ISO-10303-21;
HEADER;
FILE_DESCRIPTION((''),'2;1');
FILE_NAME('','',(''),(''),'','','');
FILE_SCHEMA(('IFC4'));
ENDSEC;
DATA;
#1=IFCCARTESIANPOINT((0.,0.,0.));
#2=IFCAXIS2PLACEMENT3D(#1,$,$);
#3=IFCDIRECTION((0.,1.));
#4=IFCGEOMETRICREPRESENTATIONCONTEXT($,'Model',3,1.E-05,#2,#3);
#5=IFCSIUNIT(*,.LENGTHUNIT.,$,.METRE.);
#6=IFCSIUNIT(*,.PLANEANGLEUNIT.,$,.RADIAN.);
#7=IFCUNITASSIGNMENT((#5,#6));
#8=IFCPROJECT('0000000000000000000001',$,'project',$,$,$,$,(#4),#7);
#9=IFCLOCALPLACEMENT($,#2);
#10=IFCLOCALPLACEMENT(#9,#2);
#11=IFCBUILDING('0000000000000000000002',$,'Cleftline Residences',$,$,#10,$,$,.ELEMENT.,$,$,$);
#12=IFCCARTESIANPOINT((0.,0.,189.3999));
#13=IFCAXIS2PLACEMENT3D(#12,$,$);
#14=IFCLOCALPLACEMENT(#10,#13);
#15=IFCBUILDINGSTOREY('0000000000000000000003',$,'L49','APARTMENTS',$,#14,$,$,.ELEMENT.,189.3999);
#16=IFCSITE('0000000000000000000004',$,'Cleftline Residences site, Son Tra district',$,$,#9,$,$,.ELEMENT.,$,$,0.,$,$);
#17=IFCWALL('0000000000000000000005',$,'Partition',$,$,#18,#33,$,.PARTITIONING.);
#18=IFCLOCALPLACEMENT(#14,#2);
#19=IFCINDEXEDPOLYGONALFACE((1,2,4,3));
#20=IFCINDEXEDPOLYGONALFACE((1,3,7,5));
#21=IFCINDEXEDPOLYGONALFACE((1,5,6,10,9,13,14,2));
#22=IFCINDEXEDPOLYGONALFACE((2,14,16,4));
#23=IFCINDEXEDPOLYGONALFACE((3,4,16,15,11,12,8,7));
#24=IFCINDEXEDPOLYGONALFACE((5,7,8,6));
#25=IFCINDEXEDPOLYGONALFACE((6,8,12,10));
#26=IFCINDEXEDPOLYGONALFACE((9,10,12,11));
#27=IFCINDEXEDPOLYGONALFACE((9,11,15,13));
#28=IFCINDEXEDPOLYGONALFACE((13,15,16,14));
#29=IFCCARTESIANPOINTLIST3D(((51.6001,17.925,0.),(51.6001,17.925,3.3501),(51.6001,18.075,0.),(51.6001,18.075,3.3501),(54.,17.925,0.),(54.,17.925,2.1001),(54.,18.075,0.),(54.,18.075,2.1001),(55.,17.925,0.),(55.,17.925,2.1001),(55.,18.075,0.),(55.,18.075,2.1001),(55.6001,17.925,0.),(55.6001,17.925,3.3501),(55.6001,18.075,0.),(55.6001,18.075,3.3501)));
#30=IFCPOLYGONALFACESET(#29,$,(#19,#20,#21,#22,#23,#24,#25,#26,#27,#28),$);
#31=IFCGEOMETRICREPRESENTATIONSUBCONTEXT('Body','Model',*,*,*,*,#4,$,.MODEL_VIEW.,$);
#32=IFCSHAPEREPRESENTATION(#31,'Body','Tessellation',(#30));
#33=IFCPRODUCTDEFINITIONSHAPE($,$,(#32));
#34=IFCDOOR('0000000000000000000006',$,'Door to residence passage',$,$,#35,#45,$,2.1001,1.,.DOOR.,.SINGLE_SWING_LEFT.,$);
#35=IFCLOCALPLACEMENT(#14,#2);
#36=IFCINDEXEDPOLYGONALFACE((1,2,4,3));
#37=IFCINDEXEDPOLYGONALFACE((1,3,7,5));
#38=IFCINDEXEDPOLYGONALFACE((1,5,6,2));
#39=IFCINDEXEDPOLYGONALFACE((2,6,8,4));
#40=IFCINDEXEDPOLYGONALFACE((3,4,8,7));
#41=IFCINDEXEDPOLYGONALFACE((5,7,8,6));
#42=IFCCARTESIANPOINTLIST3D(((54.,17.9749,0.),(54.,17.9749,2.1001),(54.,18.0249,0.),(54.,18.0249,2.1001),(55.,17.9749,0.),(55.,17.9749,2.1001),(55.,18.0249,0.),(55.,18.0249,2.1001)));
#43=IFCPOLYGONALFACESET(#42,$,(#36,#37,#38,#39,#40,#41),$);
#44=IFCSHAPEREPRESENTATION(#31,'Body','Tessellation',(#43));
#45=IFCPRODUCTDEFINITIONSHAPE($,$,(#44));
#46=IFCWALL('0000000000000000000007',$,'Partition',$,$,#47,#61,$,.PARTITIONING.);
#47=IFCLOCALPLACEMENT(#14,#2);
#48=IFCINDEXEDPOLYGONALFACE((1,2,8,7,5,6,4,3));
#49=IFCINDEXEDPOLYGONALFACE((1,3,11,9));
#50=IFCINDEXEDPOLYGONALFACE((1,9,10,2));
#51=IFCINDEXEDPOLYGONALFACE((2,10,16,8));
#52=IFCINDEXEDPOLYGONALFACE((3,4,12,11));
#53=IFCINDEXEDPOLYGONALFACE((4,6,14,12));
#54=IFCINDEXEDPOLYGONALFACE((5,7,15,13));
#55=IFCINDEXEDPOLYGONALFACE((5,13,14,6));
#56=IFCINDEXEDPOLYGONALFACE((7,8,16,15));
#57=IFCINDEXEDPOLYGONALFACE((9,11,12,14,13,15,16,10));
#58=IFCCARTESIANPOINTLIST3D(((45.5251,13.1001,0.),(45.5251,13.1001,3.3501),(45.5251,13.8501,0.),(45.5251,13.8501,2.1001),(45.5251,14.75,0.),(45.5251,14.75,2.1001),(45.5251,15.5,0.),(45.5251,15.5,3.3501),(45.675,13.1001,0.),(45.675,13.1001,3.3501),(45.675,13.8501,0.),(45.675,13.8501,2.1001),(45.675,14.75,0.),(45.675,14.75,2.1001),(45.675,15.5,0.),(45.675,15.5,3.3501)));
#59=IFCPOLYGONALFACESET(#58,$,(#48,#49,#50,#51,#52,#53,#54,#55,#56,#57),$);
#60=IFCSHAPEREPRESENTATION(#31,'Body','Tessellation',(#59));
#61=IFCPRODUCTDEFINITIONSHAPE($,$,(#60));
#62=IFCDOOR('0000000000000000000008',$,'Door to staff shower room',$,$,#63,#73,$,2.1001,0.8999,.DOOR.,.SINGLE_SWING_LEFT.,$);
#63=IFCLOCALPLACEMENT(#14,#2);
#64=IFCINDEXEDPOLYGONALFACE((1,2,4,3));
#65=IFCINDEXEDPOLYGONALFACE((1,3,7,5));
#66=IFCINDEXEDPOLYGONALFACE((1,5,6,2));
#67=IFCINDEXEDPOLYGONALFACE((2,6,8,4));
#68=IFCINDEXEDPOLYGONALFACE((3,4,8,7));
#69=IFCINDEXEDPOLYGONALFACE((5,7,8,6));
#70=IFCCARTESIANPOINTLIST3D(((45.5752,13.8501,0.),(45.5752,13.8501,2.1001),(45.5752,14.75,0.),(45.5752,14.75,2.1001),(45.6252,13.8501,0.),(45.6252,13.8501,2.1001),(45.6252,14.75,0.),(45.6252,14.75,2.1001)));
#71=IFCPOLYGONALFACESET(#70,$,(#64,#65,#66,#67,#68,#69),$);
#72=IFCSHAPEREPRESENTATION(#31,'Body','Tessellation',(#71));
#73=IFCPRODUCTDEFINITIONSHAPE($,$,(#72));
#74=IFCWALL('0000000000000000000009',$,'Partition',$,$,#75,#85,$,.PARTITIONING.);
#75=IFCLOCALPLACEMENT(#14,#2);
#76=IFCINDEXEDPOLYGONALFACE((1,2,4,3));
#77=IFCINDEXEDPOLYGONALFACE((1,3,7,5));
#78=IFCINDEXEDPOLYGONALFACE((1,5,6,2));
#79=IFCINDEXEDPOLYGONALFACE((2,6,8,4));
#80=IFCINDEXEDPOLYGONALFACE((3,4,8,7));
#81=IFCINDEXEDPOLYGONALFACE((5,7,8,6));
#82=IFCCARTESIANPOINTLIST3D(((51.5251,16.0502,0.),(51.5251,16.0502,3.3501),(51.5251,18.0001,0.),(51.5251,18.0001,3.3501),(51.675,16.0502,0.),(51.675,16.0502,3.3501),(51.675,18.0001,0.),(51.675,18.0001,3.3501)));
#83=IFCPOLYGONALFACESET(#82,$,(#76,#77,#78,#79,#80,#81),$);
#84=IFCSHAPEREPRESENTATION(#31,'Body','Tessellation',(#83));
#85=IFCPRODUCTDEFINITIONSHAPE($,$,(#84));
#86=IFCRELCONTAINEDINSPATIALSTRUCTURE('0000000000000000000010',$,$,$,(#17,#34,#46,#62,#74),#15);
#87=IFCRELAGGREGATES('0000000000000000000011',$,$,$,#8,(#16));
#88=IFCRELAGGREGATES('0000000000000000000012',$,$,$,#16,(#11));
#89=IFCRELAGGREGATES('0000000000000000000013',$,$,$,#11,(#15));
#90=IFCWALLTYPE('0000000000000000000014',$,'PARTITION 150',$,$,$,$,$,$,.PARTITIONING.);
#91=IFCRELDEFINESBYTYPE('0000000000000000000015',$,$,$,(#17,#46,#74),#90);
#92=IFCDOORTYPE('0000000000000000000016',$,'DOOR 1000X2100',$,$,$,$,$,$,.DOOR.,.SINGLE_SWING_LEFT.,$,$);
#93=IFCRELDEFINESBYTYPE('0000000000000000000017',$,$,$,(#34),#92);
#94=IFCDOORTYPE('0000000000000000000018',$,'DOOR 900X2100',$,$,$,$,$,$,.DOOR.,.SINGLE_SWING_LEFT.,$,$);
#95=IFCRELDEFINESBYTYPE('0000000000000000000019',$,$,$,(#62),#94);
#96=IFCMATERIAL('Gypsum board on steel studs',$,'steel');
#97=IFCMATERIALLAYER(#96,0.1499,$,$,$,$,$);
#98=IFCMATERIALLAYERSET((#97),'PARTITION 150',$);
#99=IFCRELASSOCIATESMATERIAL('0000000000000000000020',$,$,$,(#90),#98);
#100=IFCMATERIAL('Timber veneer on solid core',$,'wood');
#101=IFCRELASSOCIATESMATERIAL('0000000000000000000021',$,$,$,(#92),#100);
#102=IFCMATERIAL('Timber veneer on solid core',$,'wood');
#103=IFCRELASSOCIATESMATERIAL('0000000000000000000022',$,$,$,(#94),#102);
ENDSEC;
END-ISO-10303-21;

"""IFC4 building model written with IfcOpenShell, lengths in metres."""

from ifc_helpers import new_model, si_unit, direction, frame, frame_2d, origin, place, context, subcontext, project, spatial, rectangle, extrude, material, layer, layer_set, type_object, element, fill, save


model = new_model("IFC4")

# Units and contexts
model_context = context("Model", 3, precision=1e-05, world=origin(), true_north=direction((0.0, 1.0)))
body_context = subcontext(model_context, "Body", "Model", "MODEL_VIEW")
ifc_project = project(units=[si_unit("LENGTHUNIT", "METRE"), si_unit("PLANEANGLEUNIT", "RADIAN")], contexts=[model_context])

# Site, building, storey
site_placement = place(None, origin())
site = spatial("IfcSite", under=ifc_project, at=site_placement, Name="Cleftline Residences site, Son Tra district", CompositionType="ELEMENT", RefElevation=0.0)
building_placement = place(site_placement, origin())
building = spatial("IfcBuilding", under=site, at=building_placement, Name="Cleftline Residences", CompositionType="ELEMENT")
storey_placement = place(building_placement, frame((0.0, 0.0, 189.3999)))
storey = spatial("IfcBuildingStorey", under=building, at=storey_placement, Name="L49", Description="APARTMENTS", CompositionType="ELEMENT", Elevation=189.3999)

# Shared definitions
ifc_material_1 = material(Name="Gypsum board on steel studs", Category="steel")
ifc_layer_1 = layer(ifc_material_1, 0.1499)
ifc_layer_set_1 = layer_set([ifc_layer_1], Name="PARTITION 150")
wall_type_1 = type_object("IfcWallType", Name="PARTITION 150", PredefinedType="PARTITIONING", material=ifc_layer_set_1)

# Walls, openings, doors
wall_1_placement = place(storey_placement, frame((51.6001, 18.0, 0.0), z_axis=(0.0, 0.0, 1.0), x_axis=(1.0, 0.0, 0.0)))
wall_1 = element("IfcWall", 1, at=wall_1_placement, inside=storey, type_object=wall_type_1, Name="Partition", PredefinedType="PARTITIONING", context=body_context, shape_type="SweptSolid", body=[
    extrude(rectangle(XDim=4.0, YDim=0.1499, at=frame_2d((2.0, 0.0))), origin(), (0.0, 0.0, 1.0), 3.3501),
])
opening_1_placement = place(wall_1_placement, frame((2.3999, 0.0, 0.0)))
opening_1 = element("IfcOpeningElement", 2, at=opening_1_placement, cuts=wall_1, PredefinedType="OPENING", context=body_context, shape_type="SweptSolid", body=[
    extrude(rectangle(XDim=1.0, YDim=2.1001, at=frame_2d((0.5, 1.05))), frame((0.0, 0.085, 0.0), z_axis=(0.0, -1.0, 0.0), x_axis=(1.0, 0.0, 0.0)), (0.0, 0.0, 1.0), 0.1699),
])
ifc_material_2 = material(Name="Timber veneer on solid core", Category="wood")
door_type_1 = type_object("IfcDoorType", Name="DOOR 1000X2100", OperationType="SINGLE_SWING_LEFT", PredefinedType="DOOR", material=ifc_material_2)
door_1_placement = place(opening_1_placement, origin())
door_1 = element("IfcDoor", 3, at=door_1_placement, inside=storey, type_object=door_type_1, Name="Door to residence passage", OperationType="SINGLE_SWING_LEFT", OverallHeight=2.1001, OverallWidth=1.0, PredefinedType="DOOR", context=body_context, shape_type="SweptSolid", body=[
    extrude(rectangle(XDim=1.0, YDim=2.1001, at=frame_2d((0.5, 1.05))), frame((0.0, 0.0249, 0.0), z_axis=(0.0, -1.0, 0.0), x_axis=(1.0, 0.0, 0.0)), (0.0, 0.0, 1.0), 0.05),
])
fill(opening_1, door_1)
wall_2_placement = place(storey_placement, frame((45.6001, 13.1001, 0.0), z_axis=(0.0, 0.0, 1.0), x_axis=(0.0, 1.0, 0.0)))
wall_2 = element("IfcWall", 4, at=wall_2_placement, inside=storey, type_object=wall_type_1, Name="Partition", PredefinedType="PARTITIONING", context=body_context, shape_type="SweptSolid", body=[
    extrude(rectangle(XDim=2.3999, YDim=0.1499, at=frame_2d((1.2, 0.0))), origin(), (0.0, 0.0, 1.0), 3.3501),
])
opening_2_placement = place(wall_2_placement, frame((0.75, 0.0, 0.0)))
opening_2 = element("IfcOpeningElement", 5, at=opening_2_placement, cuts=wall_2, PredefinedType="OPENING", context=body_context, shape_type="SweptSolid", body=[
    extrude(rectangle(XDim=0.8999, YDim=2.1001, at=frame_2d((0.45, 1.05))), frame((0.0, 0.085, 0.0), z_axis=(0.0, -1.0, 0.0), x_axis=(1.0, 0.0, 0.0)), (0.0, 0.0, 1.0), 0.1699),
])
ifc_material_3 = material(Name="Timber veneer on solid core", Category="wood")
door_type_2 = type_object("IfcDoorType", Name="DOOR 900X2100", OperationType="SINGLE_SWING_LEFT", PredefinedType="DOOR", material=ifc_material_3)
door_2_placement = place(opening_2_placement, origin())
door_2 = element("IfcDoor", 6, at=door_2_placement, inside=storey, type_object=door_type_2, Name="Door to staff shower room", OperationType="SINGLE_SWING_LEFT", OverallHeight=2.1001, OverallWidth=0.8999, PredefinedType="DOOR", context=body_context, shape_type="SweptSolid", body=[
    extrude(rectangle(XDim=0.8999, YDim=2.1001, at=frame_2d((0.45, 1.05))), frame((0.0, 0.0249, 0.0), z_axis=(0.0, -1.0, 0.0), x_axis=(1.0, 0.0, 0.0)), (0.0, 0.0, 1.0), 0.05),
])
fill(opening_2, door_2)

# Wall
wall_3_placement = place(storey_placement, frame((51.6001, 16.05, 0.0), z_axis=(0.0, 0.0, 1.0), x_axis=(0.0, 1.0, 0.0)))
element("IfcWall", 7, at=wall_3_placement, inside=storey, type_object=wall_type_1, Name="Partition", PredefinedType="PARTITIONING", context=body_context, shape_type="SweptSolid", body=[
    extrude(rectangle(XDim=1.95, YDim=0.1499, at=frame_2d((0.9751, 0.0))), origin(), (0.0, 0.0, 1.0), 3.3501),
])

save(model, "model.ifc")
